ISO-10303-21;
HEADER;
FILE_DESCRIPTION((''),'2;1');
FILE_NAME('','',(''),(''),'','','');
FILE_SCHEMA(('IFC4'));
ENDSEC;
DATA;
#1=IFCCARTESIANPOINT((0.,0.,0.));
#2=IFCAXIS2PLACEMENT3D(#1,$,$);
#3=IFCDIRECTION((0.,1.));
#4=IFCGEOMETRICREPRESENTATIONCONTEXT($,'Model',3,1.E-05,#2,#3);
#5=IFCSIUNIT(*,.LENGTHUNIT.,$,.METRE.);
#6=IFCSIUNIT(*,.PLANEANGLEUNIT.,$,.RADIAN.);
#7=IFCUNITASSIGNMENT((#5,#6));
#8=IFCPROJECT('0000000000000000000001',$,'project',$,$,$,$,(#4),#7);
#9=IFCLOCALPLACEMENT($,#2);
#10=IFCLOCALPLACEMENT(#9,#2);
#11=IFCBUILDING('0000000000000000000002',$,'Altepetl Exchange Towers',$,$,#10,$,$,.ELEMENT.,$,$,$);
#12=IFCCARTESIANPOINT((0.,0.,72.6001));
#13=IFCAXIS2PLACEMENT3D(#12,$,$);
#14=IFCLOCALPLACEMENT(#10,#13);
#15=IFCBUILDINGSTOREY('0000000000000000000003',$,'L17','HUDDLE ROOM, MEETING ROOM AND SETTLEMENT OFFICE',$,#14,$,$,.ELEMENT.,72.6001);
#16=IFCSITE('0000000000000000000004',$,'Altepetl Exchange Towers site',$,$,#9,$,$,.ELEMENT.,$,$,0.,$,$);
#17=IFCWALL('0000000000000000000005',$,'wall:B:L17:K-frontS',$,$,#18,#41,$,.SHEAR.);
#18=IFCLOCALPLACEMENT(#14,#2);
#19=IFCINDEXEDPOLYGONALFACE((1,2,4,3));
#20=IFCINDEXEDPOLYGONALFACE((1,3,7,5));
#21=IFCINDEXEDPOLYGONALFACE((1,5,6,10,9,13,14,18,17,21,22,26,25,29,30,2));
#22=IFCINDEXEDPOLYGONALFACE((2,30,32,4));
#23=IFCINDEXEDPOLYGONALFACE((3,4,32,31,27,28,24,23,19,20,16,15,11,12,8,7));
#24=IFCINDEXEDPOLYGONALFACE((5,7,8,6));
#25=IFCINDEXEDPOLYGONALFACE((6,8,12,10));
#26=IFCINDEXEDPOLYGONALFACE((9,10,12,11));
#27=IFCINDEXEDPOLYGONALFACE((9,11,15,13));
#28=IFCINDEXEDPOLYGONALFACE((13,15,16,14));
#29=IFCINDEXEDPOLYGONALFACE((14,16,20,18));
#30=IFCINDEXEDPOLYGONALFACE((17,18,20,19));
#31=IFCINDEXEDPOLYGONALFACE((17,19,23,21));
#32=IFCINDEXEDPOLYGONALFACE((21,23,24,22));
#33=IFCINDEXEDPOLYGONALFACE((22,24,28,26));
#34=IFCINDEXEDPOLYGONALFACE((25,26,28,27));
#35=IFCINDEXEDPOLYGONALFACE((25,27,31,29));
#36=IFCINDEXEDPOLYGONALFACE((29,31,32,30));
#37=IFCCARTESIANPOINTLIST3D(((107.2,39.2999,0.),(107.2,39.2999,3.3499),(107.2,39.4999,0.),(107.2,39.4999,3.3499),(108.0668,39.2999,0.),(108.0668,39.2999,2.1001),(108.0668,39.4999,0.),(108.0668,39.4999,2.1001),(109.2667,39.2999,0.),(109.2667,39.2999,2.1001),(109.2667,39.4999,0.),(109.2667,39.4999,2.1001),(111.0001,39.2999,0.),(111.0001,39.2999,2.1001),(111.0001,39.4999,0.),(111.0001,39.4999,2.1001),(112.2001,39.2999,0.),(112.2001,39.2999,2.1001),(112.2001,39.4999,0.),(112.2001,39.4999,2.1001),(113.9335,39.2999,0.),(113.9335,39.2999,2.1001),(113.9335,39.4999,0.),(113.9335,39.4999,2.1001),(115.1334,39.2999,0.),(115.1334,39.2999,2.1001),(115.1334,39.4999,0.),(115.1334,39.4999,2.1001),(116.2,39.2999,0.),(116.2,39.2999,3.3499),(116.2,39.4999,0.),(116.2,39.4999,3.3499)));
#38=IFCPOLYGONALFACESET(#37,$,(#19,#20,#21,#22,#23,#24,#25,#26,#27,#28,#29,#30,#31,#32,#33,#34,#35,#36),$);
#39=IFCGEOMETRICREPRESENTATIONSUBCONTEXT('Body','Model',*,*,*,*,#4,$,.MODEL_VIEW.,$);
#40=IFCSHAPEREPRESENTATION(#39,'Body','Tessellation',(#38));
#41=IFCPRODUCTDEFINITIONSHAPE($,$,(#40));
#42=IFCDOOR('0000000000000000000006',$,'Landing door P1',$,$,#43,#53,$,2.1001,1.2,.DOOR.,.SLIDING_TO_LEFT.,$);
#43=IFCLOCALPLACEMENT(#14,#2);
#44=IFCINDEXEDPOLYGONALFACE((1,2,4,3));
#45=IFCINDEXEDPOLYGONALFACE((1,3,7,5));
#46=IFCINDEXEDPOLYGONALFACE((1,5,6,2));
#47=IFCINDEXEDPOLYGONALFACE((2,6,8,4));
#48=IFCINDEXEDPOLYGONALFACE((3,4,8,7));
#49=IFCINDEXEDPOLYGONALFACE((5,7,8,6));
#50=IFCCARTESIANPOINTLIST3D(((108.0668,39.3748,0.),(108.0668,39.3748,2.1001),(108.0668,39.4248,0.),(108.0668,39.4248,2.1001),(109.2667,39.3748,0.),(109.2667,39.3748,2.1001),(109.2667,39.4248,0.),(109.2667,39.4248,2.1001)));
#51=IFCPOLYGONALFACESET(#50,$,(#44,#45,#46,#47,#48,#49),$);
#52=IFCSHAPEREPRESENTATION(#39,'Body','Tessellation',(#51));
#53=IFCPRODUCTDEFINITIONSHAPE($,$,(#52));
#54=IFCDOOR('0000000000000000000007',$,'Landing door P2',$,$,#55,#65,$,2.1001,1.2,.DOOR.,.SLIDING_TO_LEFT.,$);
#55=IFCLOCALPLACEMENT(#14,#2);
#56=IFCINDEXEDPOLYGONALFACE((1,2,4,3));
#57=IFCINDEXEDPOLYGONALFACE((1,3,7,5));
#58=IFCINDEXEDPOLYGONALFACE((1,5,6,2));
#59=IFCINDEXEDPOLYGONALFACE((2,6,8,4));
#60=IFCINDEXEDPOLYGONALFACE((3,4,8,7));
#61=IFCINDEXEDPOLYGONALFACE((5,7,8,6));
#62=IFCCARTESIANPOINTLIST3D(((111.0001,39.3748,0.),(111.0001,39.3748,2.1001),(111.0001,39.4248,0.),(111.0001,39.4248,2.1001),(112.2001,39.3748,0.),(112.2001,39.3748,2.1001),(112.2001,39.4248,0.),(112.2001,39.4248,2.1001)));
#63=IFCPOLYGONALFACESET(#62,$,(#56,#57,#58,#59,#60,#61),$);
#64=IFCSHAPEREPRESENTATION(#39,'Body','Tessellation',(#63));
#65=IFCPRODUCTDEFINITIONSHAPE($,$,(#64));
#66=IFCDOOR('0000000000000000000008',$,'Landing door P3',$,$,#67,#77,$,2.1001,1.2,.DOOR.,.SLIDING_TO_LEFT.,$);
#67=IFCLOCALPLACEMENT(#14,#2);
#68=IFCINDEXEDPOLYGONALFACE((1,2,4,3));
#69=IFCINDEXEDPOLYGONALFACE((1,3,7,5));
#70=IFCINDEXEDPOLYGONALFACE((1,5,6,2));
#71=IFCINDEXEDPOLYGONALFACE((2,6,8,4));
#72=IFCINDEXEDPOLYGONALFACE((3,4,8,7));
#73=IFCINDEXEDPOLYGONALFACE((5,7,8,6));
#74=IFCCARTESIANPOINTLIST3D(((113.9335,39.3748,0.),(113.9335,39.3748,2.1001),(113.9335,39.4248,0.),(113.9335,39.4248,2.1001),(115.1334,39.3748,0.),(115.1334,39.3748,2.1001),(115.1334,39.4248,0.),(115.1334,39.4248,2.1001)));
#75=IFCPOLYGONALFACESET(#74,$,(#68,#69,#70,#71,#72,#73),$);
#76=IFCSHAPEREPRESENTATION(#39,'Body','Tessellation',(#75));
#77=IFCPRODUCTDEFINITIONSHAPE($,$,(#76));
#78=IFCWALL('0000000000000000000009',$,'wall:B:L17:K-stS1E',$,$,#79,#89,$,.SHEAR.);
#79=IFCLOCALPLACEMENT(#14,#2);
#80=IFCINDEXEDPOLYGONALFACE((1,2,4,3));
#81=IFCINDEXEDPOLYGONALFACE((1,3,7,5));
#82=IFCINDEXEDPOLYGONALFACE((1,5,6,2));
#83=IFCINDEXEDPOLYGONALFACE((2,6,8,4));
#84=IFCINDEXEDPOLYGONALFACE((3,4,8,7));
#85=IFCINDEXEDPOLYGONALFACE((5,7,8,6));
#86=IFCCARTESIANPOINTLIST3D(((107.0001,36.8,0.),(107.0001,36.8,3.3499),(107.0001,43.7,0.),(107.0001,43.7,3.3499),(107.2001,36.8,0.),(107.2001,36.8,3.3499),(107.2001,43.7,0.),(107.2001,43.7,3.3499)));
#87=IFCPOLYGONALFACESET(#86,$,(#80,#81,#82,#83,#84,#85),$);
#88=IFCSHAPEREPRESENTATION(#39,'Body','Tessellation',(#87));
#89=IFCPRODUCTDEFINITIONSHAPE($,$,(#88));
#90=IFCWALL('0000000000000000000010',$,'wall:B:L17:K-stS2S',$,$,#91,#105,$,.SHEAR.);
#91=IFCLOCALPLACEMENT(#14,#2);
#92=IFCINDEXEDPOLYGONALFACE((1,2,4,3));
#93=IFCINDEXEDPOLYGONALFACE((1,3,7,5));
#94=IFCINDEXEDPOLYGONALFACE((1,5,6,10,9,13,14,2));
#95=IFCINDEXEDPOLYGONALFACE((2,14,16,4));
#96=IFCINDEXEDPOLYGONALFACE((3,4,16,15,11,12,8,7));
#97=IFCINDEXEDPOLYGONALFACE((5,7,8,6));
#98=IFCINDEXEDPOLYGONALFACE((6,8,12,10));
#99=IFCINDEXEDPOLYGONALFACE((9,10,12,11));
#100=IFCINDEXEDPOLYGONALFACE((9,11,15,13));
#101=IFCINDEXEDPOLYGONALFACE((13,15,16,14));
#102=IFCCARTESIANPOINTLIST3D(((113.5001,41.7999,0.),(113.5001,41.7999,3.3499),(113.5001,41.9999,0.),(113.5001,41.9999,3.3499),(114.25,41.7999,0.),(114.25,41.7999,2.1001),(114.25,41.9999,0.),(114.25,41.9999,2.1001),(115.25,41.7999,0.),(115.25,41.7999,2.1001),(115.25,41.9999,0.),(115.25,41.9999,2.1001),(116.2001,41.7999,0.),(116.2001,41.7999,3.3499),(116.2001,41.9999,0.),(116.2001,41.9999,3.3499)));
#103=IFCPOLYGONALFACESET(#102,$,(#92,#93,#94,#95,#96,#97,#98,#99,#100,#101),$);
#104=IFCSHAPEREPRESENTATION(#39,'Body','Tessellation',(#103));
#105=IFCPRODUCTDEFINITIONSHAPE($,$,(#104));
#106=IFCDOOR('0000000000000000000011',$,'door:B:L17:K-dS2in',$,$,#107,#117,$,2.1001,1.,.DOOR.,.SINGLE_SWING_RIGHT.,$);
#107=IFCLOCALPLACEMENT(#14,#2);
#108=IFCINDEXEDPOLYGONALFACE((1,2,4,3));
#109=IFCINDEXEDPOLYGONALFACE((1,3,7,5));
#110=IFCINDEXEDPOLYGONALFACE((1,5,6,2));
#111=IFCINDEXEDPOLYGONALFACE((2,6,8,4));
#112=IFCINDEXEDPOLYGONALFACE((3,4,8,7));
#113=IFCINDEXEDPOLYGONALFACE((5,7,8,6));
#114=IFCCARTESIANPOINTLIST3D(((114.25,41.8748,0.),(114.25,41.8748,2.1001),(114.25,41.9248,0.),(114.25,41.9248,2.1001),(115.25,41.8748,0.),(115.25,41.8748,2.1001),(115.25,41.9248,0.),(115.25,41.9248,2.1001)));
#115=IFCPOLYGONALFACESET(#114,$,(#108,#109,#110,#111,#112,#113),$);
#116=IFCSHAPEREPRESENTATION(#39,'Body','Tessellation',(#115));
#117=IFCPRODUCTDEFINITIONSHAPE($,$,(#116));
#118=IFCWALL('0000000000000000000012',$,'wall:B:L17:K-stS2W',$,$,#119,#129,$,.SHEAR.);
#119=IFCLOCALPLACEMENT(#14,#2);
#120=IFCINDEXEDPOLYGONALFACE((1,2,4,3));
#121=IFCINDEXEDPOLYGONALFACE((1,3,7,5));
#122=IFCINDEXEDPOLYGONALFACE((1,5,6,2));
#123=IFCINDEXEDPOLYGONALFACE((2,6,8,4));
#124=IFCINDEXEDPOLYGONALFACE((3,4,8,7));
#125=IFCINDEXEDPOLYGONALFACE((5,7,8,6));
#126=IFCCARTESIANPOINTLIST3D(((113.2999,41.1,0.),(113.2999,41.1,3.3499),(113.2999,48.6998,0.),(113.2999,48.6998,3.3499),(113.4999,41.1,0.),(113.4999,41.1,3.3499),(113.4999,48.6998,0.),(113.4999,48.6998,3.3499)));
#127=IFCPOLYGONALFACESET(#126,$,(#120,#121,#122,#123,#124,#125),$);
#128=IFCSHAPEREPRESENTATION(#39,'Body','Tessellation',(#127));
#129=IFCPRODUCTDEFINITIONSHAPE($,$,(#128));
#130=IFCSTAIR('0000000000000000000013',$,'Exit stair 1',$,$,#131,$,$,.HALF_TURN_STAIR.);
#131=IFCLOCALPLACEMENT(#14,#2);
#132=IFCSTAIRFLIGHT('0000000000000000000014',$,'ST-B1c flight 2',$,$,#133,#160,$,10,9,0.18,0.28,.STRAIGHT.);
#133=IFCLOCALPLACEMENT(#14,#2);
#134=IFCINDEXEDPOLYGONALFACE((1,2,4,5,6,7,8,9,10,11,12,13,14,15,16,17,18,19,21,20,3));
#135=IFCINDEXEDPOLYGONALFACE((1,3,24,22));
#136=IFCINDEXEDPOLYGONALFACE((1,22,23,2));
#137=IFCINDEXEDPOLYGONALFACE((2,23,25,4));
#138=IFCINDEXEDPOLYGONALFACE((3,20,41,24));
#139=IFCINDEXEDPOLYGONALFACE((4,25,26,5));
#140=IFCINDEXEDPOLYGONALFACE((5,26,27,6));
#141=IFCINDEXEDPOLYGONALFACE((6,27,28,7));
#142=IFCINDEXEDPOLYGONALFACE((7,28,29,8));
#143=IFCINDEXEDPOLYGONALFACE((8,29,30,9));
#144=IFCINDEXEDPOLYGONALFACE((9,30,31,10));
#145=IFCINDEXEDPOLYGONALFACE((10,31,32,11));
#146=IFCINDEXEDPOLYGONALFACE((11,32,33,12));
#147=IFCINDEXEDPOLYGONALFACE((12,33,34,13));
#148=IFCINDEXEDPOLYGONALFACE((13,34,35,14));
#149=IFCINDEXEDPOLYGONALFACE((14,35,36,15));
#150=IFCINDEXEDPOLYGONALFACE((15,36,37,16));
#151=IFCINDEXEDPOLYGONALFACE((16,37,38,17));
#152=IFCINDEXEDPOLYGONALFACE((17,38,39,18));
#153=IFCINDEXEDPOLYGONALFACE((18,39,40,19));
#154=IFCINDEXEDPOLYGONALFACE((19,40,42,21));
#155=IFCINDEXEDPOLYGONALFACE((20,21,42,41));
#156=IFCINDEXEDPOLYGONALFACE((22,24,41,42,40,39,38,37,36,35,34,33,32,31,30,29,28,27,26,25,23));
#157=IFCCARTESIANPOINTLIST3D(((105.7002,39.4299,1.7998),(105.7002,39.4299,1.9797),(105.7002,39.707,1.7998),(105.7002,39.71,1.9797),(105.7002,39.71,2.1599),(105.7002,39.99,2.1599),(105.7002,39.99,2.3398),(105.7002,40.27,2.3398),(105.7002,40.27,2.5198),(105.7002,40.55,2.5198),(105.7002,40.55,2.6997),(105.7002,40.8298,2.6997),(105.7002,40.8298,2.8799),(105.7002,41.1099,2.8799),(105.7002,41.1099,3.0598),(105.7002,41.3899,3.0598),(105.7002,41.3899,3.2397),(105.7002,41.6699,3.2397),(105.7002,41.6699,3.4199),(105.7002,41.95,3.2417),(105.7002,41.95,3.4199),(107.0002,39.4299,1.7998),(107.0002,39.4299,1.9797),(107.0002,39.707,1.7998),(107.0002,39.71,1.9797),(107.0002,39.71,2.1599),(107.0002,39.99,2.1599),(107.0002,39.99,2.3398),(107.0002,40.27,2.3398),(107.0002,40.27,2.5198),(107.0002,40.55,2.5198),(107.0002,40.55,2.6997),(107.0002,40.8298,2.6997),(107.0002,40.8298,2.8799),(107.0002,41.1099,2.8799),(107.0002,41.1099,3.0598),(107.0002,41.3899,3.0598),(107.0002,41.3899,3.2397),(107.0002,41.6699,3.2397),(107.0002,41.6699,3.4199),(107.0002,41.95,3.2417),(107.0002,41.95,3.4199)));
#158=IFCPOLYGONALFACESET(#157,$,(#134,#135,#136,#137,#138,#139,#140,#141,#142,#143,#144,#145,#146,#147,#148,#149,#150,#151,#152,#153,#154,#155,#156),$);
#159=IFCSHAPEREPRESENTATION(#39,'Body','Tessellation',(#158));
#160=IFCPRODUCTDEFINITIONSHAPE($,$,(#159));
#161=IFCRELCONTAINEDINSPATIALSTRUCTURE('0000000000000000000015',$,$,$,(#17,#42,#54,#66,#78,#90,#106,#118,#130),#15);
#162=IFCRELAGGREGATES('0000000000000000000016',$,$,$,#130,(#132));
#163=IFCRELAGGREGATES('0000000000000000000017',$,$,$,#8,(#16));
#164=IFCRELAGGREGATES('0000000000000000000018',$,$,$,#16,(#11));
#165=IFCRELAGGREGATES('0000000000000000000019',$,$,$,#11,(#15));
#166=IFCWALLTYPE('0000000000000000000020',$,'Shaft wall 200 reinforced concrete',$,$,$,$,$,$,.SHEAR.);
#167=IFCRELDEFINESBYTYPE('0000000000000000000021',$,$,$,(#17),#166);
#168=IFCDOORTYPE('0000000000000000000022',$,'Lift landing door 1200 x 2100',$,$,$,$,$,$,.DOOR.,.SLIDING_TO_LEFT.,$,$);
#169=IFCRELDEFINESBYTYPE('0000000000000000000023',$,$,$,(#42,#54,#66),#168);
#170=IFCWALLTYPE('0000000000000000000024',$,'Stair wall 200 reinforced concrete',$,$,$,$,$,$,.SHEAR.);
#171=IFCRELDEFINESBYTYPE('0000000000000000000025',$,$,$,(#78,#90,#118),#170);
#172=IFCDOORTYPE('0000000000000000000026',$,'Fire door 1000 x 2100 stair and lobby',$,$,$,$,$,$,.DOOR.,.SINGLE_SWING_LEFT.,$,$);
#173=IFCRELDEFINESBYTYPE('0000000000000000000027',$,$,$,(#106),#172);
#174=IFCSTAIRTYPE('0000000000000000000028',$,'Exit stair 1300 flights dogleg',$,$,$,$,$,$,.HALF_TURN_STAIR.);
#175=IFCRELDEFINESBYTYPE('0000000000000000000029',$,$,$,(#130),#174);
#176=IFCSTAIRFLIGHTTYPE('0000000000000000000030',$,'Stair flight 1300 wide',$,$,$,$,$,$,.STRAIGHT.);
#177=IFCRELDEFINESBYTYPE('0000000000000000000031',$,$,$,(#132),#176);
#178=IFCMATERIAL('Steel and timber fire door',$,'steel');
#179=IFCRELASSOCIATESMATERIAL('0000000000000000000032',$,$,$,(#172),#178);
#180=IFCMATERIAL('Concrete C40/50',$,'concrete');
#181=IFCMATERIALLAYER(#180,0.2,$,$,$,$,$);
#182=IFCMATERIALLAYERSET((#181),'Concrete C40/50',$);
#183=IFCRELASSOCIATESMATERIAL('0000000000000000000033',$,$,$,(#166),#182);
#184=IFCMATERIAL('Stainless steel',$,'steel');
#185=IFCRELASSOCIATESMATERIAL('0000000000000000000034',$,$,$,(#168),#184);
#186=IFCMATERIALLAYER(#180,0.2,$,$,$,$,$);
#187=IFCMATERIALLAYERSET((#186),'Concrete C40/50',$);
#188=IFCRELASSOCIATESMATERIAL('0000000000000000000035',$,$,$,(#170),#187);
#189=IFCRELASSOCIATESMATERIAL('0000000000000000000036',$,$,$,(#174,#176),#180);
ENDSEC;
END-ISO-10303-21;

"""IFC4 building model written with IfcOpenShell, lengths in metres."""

from ifc_helpers import new_model, si_unit, direction, frame, frame_2d, origin, place, context, subcontext, project, spatial, polyline, rectangle, outline, extrude, material, layer, layer_set, type_object, element, fill, aggregate, save


model = new_model("IFC4")

# Units and contexts
model_context = context("Model", 3, precision=1e-05, world=origin(), true_north=direction((0.0, 1.0)))
body_context = subcontext(model_context, "Body", "Model", "MODEL_VIEW")
ifc_project = project(units=[si_unit("LENGTHUNIT", "METRE"), si_unit("PLANEANGLEUNIT", "RADIAN")], contexts=[model_context])

# Site, building, storey
site_placement = place(None, origin())
site = spatial("IfcSite", under=ifc_project, at=site_placement, Name="Altepetl Exchange Towers site", CompositionType="ELEMENT", RefElevation=0.0)
building_placement = place(site_placement, origin())
building = spatial("IfcBuilding", under=site, at=building_placement, Name="Altepetl Exchange Towers", CompositionType="ELEMENT")
storey_placement = place(building_placement, frame((0.0, 0.0, 72.6001)))
storey = spatial("IfcBuildingStorey", under=building, at=storey_placement, Name="L17", Description="HUDDLE ROOM, MEETING ROOM AND SETTLEMENT OFFICE", CompositionType="ELEMENT", Elevation=72.6001)

# Shared definitions
ifc_material_1 = material(Name="Steel and timber fire door", Category="steel")
door_type_1 = type_object("IfcDoorType", Name="Fire door 1000 x 2100 stair and lobby", OperationType="SINGLE_SWING_LEFT", PredefinedType="DOOR", material=ifc_material_1)

# Shared definitions
ifc_material_2 = material(Name="Concrete C40/50", Category="concrete")
ifc_layer_1 = layer(ifc_material_2, 0.2)
ifc_layer_set_1 = layer_set([ifc_layer_1], Name="Concrete C40/50")
wall_type_1 = type_object("IfcWallType", Name="Shaft wall 200 reinforced concrete", PredefinedType="SHEAR", material=ifc_layer_set_1)

# Wall, openings, doors
wall_1_placement = place(storey_placement, frame((107.2, 39.3999, 0.0)))
wall_1 = element("IfcWall", 1, at=wall_1_placement, inside=storey, type_object=wall_type_1, Name="wall:B:L17:K-frontS", PredefinedType="SHEAR", context=body_context, shape_type="SweptSolid", body=[
    extrude(rectangle(XDim=9.0, YDim=0.2, at=frame_2d((4.5, 0.0))), origin(), (0.0, 0.0, 1.0), 3.3499),
])
opening_1_placement = place(wall_1_placement, frame((0.8667, 0.0, 0.0)))
opening_1 = element("IfcOpeningElement", 2, at=opening_1_placement, cuts=wall_1, PredefinedType="OPENING", context=body_context, shape_type="SweptSolid", body=[
    extrude(rectangle(XDim=1.2, YDim=2.1001, at=frame_2d((0.6001, 1.05))), frame((0.0, 0.1099, 0.0), z_axis=(0.0, -1.0, 0.0), x_axis=(1.0, 0.0, 0.0)), (0.0, 0.0, 1.0), 0.22),
])
opening_2_placement = place(wall_1_placement, frame((3.8, 0.0, 0.0)))
opening_2 = element("IfcOpeningElement", 3, at=opening_2_placement, cuts=wall_1, PredefinedType="OPENING", context=body_context, shape_type="SweptSolid", body=[
    extrude(rectangle(XDim=1.2, YDim=2.1001, at=frame_2d((0.6001, 1.05))), frame((0.0, 0.1099, 0.0), z_axis=(0.0, -1.0, 0.0), x_axis=(1.0, 0.0, 0.0)), (0.0, 0.0, 1.0), 0.22),
])
opening_3_placement = place(wall_1_placement, frame((6.7334, 0.0, 0.0)))
opening_3 = element("IfcOpeningElement", 4, at=opening_3_placement, cuts=wall_1, PredefinedType="OPENING", context=body_context, shape_type="SweptSolid", body=[
    extrude(rectangle(XDim=1.2, YDim=2.1001, at=frame_2d((0.6001, 1.05))), frame((0.0, 0.1099, 0.0), z_axis=(0.0, -1.0, 0.0), x_axis=(1.0, 0.0, 0.0)), (0.0, 0.0, 1.0), 0.22),
])
ifc_material_3 = material(Name="Stainless steel", Category="steel")
door_type_2 = type_object("IfcDoorType", Name="Lift landing door 1200 x 2100", OperationType="SLIDING_TO_LEFT", PredefinedType="DOOR", material=ifc_material_3)
door_1_placement = place(opening_1_placement, origin())
door_1 = element("IfcDoor", 5, at=door_1_placement, inside=storey, type_object=door_type_2, Name="Landing door P1", OperationType="SLIDING_TO_LEFT", OverallHeight=2.1001, OverallWidth=1.2, PredefinedType="DOOR", context=body_context, shape_type="SweptSolid", body=[
    extrude(rectangle(XDim=1.2, YDim=2.1001, at=frame_2d((0.6001, 1.05))), frame((0.0, 0.0249, 0.0), z_axis=(0.0, -1.0, 0.0), x_axis=(1.0, 0.0, 0.0)), (0.0, 0.0, 1.0), 0.05),
])
fill(opening_1, door_1)
door_2_placement = place(opening_2_placement, origin())
door_2 = element("IfcDoor", 6, at=door_2_placement, inside=storey, type_object=door_type_2, Name="Landing door P2", OperationType="SLIDING_TO_LEFT", OverallHeight=2.1001, OverallWidth=1.2, PredefinedType="DOOR", context=body_context, shape_type="SweptSolid", body=[
    extrude(rectangle(XDim=1.2, YDim=2.1001, at=frame_2d((0.6001, 1.05))), frame((0.0, 0.0249, 0.0), z_axis=(0.0, -1.0, 0.0), x_axis=(1.0, 0.0, 0.0)), (0.0, 0.0, 1.0), 0.05),
])
fill(opening_2, door_2)
door_3_placement = place(opening_3_placement, origin())
door_3 = element("IfcDoor", 7, at=door_3_placement, inside=storey, type_object=door_type_2, Name="Landing door P3", OperationType="SLIDING_TO_LEFT", OverallHeight=2.1001, OverallWidth=1.2, PredefinedType="DOOR", context=body_context, shape_type="SweptSolid", body=[
    extrude(rectangle(XDim=1.2, YDim=2.1001, at=frame_2d((0.6001, 1.05))), frame((0.0, 0.0249, 0.0), z_axis=(0.0, -1.0, 0.0), x_axis=(1.0, 0.0, 0.0)), (0.0, 0.0, 1.0), 0.05),
])
fill(opening_3, door_3)

# Wall
ifc_layer_2 = layer(ifc_material_2, 0.2)
ifc_layer_set_2 = layer_set([ifc_layer_2], Name="Concrete C40/50")
wall_type_2 = type_object("IfcWallType", Name="Stair wall 200 reinforced concrete", PredefinedType="SHEAR", material=ifc_layer_set_2)
wall_2_placement = place(storey_placement, frame((107.1001, 36.8, 0.0), z_axis=(0.0, 0.0, 1.0), x_axis=(0.0, 1.0, 0.0)))
element("IfcWall", 8, at=wall_2_placement, inside=storey, type_object=wall_type_2, Name="wall:B:L17:K-stS1E", PredefinedType="SHEAR", context=body_context, shape_type="SweptSolid", body=[
    extrude(rectangle(XDim=6.8999, YDim=0.2, at=frame_2d((3.45, 0.0))), origin(), (0.0, 0.0, 1.0), 3.3499),
])

# Wall, opening, door
wall_3_placement = place(storey_placement, frame((113.5, 41.8999, 0.0)))
wall_3 = element("IfcWall", 9, at=wall_3_placement, inside=storey, type_object=wall_type_2, Name="wall:B:L17:K-stS2S", PredefinedType="SHEAR", context=body_context, shape_type="SweptSolid", body=[
    extrude(rectangle(XDim=2.7, YDim=0.2, at=frame_2d((1.3501, 0.0))), origin(), (0.0, 0.0, 1.0), 3.3499),
])
opening_4_placement = place(wall_3_placement, frame((0.75, 0.0, 0.0)))
opening_4 = element("IfcOpeningElement", 10, at=opening_4_placement, cuts=wall_3, PredefinedType="OPENING", context=body_context, shape_type="SweptSolid", body=[
    extrude(rectangle(XDim=1.0, YDim=2.1001, at=frame_2d((0.5, 1.05))), frame((0.0, 0.1099, 0.0), z_axis=(0.0, -1.0, 0.0), x_axis=(1.0, 0.0, 0.0)), (0.0, 0.0, 1.0), 0.22),
])
door_4_placement = place(opening_4_placement, origin())
door_4 = element("IfcDoor", 11, at=door_4_placement, inside=storey, type_object=door_type_1, Name="door:B:L17:K-dS2in", OperationType="SINGLE_SWING_RIGHT", OverallHeight=2.1001, OverallWidth=1.0, PredefinedType="DOOR", context=body_context, shape_type="SweptSolid", body=[
    extrude(rectangle(XDim=1.0, YDim=2.1001, at=frame_2d((0.5, 1.05))), frame((0.0, 0.0249, 0.0), z_axis=(0.0, -1.0, 0.0), x_axis=(1.0, 0.0, 0.0)), (0.0, 0.0, 1.0), 0.05),
])
fill(opening_4, door_4)

# Wall
wall_4_placement = place(storey_placement, frame((113.3999, 41.1001, 0.0), z_axis=(0.0, 0.0, 1.0), x_axis=(0.0, 1.0, 0.0)))
element("IfcWall", 12, at=wall_4_placement, inside=storey, type_object=wall_type_2, Name="wall:B:L17:K-stS2W", PredefinedType="SHEAR", context=body_context, shape_type="SweptSolid", body=[
    extrude(rectangle(XDim=7.5999, YDim=0.2, at=frame_2d((3.7998, 0.0))), origin(), (0.0, 0.0, 1.0), 3.3499),
])

# Stair, stair flight
stair_type = type_object("IfcStairType", Name="Exit stair 1300 flights dogleg", PredefinedType="HALF_TURN_STAIR", material=ifc_material_2)
stair_placement = place(storey_placement, origin())
stair = element("IfcStair", 13, at=stair_placement, inside=storey, type_object=stair_type, Name="Exit stair 1", PredefinedType="HALF_TURN_STAIR")
stair_flight_type = type_object("IfcStairFlightType", Name="Stair flight 1300 wide", PredefinedType="STRAIGHT", material=ifc_material_2)
stair_flight_placement = place(storey_placement, frame((106.3501, 39.4299, 1.7998), z_axis=(0.0, 0.0, 1.0), x_axis=(0.0, 1.0, 0.0)))
stair_flight = element("IfcStairFlight", 14, at=stair_flight_placement, type_object=stair_flight_type, Name="ST-B1c flight 2", NumberOfRisers=10, NumberOfTreads=9, PredefinedType="STRAIGHT", RiserHeight=0.18, TreadLength=0.28, context=body_context, shape_type="SweptSolid", body=[
    extrude(outline(polyline([(0.0, 0.0), (0.0, 0.1799), (0.28, 0.1799), (0.28, 0.3601), (0.5601, 0.3601), (0.5601, 0.54), (0.8401, 0.54), (0.8401, 0.72), (1.1201, 0.72), (1.1201, 0.8999), (1.3999, 0.8999), (1.3999, 1.0801), (1.6799, 1.0801), (1.6799, 1.26), (1.96, 1.26), (1.96, 1.4399), (2.24, 1.4399), (2.24, 1.6201), (2.52, 1.6201), (2.52, 1.8), (2.52, 1.4419), (0.2771, 0.0), (0.0, 0.0)])), frame((0.0, 0.6499, 0.0), z_axis=(0.0, -1.0, 0.0), x_axis=(1.0, 0.0, 0.0)), (0.0, 0.0, 1.0), 1.3),
])
aggregate(stair, [stair_flight])

save(model, "model.ifc")
